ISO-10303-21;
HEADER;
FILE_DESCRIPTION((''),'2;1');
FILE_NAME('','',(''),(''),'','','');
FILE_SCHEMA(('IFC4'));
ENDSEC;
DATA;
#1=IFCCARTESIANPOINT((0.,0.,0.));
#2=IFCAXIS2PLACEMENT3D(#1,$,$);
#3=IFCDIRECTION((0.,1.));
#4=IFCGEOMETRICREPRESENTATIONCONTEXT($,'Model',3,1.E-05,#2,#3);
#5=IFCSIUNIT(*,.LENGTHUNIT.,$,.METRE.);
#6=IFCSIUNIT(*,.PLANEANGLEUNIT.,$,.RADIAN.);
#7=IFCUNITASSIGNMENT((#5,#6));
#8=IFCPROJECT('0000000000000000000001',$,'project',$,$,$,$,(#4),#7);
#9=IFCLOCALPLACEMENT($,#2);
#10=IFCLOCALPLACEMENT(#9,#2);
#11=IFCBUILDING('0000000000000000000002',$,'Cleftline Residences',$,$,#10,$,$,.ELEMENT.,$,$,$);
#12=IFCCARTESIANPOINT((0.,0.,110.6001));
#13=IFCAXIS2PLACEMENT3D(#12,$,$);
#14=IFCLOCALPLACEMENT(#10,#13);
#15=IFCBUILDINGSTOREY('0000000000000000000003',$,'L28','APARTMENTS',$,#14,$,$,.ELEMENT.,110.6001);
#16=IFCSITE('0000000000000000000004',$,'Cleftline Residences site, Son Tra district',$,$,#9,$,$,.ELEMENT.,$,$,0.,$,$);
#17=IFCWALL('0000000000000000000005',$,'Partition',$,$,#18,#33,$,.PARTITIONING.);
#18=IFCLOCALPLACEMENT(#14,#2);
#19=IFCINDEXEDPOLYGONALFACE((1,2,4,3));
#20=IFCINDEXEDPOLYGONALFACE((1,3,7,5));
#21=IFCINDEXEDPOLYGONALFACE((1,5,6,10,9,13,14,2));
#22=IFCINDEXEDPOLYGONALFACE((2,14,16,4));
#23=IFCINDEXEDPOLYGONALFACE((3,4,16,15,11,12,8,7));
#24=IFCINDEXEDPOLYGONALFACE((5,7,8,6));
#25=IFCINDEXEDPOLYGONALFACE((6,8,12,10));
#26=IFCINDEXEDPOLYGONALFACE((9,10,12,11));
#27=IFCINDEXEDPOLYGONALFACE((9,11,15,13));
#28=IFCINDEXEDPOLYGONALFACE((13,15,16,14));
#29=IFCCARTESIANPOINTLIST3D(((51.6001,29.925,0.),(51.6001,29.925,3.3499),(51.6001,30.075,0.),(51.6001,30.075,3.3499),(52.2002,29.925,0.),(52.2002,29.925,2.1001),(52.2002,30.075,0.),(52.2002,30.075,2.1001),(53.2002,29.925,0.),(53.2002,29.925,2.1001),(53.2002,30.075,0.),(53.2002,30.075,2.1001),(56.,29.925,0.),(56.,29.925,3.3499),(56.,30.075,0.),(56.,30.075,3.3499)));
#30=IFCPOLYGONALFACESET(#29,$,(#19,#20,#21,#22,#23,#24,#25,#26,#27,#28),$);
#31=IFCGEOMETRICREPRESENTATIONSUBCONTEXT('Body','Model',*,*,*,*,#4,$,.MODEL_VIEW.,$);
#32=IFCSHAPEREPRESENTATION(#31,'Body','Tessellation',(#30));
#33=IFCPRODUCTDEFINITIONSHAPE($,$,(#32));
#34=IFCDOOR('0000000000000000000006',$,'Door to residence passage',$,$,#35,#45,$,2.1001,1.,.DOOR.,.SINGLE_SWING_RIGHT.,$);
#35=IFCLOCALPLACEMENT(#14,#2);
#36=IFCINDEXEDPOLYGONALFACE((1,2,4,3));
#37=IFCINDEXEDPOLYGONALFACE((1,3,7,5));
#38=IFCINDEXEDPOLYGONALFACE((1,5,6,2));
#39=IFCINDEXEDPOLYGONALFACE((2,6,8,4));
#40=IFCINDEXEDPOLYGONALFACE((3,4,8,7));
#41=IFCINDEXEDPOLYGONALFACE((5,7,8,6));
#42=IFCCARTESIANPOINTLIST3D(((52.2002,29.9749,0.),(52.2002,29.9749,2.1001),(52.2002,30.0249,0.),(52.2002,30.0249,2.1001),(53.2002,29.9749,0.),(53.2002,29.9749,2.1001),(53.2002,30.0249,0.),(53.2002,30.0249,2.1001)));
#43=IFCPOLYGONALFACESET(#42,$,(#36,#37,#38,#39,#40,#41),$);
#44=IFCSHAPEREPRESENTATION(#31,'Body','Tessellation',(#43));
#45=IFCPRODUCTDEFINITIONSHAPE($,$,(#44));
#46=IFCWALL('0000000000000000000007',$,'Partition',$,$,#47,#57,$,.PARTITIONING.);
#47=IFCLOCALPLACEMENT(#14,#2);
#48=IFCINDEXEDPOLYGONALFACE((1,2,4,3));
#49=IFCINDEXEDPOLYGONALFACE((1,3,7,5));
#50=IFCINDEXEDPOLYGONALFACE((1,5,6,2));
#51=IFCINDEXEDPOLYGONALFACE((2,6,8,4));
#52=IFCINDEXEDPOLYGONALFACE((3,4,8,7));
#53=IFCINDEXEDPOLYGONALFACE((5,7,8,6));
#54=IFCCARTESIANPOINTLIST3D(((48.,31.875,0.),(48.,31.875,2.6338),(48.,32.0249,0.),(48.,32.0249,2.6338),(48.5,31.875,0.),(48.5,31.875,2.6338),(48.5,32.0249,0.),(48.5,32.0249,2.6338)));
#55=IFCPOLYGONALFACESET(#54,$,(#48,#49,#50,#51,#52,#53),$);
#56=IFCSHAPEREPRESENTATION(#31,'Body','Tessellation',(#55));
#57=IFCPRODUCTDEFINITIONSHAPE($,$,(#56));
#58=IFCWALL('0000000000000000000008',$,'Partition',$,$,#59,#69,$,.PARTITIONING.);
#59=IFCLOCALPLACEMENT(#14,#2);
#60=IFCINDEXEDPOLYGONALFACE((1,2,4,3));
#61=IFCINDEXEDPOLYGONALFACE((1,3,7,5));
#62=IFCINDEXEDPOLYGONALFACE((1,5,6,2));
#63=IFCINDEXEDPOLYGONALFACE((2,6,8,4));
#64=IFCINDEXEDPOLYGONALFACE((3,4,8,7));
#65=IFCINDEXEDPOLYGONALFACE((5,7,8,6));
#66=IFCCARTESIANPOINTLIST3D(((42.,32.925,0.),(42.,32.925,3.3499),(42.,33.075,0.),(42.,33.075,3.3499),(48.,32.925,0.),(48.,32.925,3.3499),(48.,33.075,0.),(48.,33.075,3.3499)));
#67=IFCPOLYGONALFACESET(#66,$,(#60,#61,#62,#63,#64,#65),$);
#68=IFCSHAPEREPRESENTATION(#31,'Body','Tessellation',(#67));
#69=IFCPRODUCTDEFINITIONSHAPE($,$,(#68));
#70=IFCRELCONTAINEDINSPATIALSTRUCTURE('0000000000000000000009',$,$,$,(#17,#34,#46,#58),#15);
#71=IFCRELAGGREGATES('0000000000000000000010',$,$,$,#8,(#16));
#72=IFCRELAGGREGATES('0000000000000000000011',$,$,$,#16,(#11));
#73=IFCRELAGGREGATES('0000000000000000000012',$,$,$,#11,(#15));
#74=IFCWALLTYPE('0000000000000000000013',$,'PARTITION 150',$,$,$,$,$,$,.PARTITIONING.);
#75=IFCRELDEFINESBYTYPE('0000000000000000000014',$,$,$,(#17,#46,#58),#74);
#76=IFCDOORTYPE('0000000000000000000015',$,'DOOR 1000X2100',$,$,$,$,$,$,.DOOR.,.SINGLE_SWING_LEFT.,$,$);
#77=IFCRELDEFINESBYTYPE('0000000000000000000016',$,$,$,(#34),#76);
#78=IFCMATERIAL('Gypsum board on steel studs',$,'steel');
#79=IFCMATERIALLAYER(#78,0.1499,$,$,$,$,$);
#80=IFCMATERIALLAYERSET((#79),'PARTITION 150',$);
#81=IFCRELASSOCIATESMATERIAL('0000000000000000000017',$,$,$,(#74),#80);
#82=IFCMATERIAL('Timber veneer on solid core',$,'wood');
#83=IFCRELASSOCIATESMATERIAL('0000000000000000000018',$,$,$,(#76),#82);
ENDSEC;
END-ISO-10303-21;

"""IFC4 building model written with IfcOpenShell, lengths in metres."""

from ifc_helpers import new_model, si_unit, direction, frame, frame_2d, origin, place, context, subcontext, project, spatial, rectangle, extrude, material, layer, layer_set, type_object, element, fill, save


model = new_model("IFC4")

# Units and contexts
model_context = context("Model", 3, precision=1e-05, world=origin(), true_north=direction((0.0, 1.0)))
body_context = subcontext(model_context, "Body", "Model", "MODEL_VIEW")
ifc_project = project(units=[si_unit("LENGTHUNIT", "METRE"), si_unit("PLANEANGLEUNIT", "RADIAN")], contexts=[model_context])

# Site, building, storey
site_placement = place(None, origin())
site = spatial("IfcSite", under=ifc_project, at=site_placement, Name="Cleftline Residences site, Son Tra district", CompositionType="ELEMENT", RefElevation=0.0)
building_placement = place(site_placement, origin())
building = spatial("IfcBuilding", under=site, at=building_placement, Name="Cleftline Residences", CompositionType="ELEMENT")
storey_placement = place(building_placement, frame((0.0, 0.0, 110.6001)))
storey = spatial("IfcBuildingStorey", under=building, at=storey_placement, Name="L28", Description="APARTMENTS", CompositionType="ELEMENT", Elevation=110.6001)

# Wall, opening, door
ifc_material_1 = material(Name="Gypsum board on steel studs", Category="steel")
ifc_layer_1 = layer(ifc_material_1, 0.1499)
ifc_layer_set_1 = layer_set([ifc_layer_1], Name="PARTITION 150")
wall_type_1 = type_object("IfcWallType", Name="PARTITION 150", PredefinedType="PARTITIONING", material=ifc_layer_set_1)
wall_1_placement = place(storey_placement, frame((51.6001, 30.0, 0.0), z_axis=(0.0, 0.0, 1.0), x_axis=(1.0, 0.0, 0.0)))
wall_1 = element("IfcWall", 1, at=wall_1_placement, inside=storey, type_object=wall_type_1, Name="Partition", PredefinedType="PARTITIONING", context=body_context, shape_type="SweptSolid", body=[
    extrude(rectangle(XDim=4.3999, YDim=0.1499, at=frame_2d((2.2, 0.0))), origin(), (0.0, 0.0, 1.0), 3.3499),
])
opening_1_placement = place(wall_1_placement, frame((0.6001, 0.0, 0.0)))
opening_1 = element("IfcOpeningElement", 2, at=opening_1_placement, cuts=wall_1, PredefinedType="OPENING", context=body_context, shape_type="SweptSolid", body=[
    extrude(rectangle(XDim=1.0, YDim=2.1001, at=frame_2d((0.5, 1.05))), frame((0.0, 0.085, 0.0), z_axis=(0.0, -1.0, 0.0), x_axis=(1.0, 0.0, 0.0)), (0.0, 0.0, 1.0), 0.1699),
])
ifc_material_2 = material(Name="Timber veneer on solid core", Category="wood")
door_type_1 = type_object("IfcDoorType", Name="DOOR 1000X2100", OperationType="SINGLE_SWING_LEFT", PredefinedType="DOOR", material=ifc_material_2)
door_1_placement = place(opening_1_placement, origin())
door_1 = element("IfcDoor", 3, at=door_1_placement, inside=storey, type_object=door_type_1, Name="Door to residence passage", OperationType="SINGLE_SWING_RIGHT", OverallHeight=2.1001, OverallWidth=1.0, PredefinedType="DOOR", context=body_context, shape_type="SweptSolid", body=[
    extrude(rectangle(XDim=1.0, YDim=2.1001, at=frame_2d((0.5, 1.05))), frame((0.0, 0.0249, 0.0), z_axis=(0.0, -1.0, 0.0), x_axis=(1.0, 0.0, 0.0)), (0.0, 0.0, 1.0), 0.05),
])
fill(opening_1, door_1)

# Walls
wall_2_placement = place(storey_placement, frame((48.0, 31.95, 0.0), z_axis=(0.0, 0.0, 1.0), x_axis=(1.0, 0.0, 0.0)))
element("IfcWall", 4, at=wall_2_placement, inside=storey, type_object=wall_type_1, Name="Partition", PredefinedType="PARTITIONING", context=body_context, shape_type="SweptSolid", body=[
    extrude(rectangle(XDim=0.5, YDim=0.1499, at=frame_2d((0.25, 0.0))), origin(), (0.0, 0.0, 1.0), 2.6338),
])
wall_3_placement = place(storey_placement, frame((42.0, 33.0, 0.0), z_axis=(0.0, 0.0, 1.0), x_axis=(1.0, 0.0, 0.0)))
element("IfcWall", 5, at=wall_3_placement, inside=storey, type_object=wall_type_1, Name="Partition", PredefinedType="PARTITIONING", context=body_context, shape_type="SweptSolid", body=[
    extrude(rectangle(XDim=6.0, YDim=0.1499, at=frame_2d((3.0, 0.0))), origin(), (0.0, 0.0, 1.0), 3.3499),
])

save(model, "model.ifc")
